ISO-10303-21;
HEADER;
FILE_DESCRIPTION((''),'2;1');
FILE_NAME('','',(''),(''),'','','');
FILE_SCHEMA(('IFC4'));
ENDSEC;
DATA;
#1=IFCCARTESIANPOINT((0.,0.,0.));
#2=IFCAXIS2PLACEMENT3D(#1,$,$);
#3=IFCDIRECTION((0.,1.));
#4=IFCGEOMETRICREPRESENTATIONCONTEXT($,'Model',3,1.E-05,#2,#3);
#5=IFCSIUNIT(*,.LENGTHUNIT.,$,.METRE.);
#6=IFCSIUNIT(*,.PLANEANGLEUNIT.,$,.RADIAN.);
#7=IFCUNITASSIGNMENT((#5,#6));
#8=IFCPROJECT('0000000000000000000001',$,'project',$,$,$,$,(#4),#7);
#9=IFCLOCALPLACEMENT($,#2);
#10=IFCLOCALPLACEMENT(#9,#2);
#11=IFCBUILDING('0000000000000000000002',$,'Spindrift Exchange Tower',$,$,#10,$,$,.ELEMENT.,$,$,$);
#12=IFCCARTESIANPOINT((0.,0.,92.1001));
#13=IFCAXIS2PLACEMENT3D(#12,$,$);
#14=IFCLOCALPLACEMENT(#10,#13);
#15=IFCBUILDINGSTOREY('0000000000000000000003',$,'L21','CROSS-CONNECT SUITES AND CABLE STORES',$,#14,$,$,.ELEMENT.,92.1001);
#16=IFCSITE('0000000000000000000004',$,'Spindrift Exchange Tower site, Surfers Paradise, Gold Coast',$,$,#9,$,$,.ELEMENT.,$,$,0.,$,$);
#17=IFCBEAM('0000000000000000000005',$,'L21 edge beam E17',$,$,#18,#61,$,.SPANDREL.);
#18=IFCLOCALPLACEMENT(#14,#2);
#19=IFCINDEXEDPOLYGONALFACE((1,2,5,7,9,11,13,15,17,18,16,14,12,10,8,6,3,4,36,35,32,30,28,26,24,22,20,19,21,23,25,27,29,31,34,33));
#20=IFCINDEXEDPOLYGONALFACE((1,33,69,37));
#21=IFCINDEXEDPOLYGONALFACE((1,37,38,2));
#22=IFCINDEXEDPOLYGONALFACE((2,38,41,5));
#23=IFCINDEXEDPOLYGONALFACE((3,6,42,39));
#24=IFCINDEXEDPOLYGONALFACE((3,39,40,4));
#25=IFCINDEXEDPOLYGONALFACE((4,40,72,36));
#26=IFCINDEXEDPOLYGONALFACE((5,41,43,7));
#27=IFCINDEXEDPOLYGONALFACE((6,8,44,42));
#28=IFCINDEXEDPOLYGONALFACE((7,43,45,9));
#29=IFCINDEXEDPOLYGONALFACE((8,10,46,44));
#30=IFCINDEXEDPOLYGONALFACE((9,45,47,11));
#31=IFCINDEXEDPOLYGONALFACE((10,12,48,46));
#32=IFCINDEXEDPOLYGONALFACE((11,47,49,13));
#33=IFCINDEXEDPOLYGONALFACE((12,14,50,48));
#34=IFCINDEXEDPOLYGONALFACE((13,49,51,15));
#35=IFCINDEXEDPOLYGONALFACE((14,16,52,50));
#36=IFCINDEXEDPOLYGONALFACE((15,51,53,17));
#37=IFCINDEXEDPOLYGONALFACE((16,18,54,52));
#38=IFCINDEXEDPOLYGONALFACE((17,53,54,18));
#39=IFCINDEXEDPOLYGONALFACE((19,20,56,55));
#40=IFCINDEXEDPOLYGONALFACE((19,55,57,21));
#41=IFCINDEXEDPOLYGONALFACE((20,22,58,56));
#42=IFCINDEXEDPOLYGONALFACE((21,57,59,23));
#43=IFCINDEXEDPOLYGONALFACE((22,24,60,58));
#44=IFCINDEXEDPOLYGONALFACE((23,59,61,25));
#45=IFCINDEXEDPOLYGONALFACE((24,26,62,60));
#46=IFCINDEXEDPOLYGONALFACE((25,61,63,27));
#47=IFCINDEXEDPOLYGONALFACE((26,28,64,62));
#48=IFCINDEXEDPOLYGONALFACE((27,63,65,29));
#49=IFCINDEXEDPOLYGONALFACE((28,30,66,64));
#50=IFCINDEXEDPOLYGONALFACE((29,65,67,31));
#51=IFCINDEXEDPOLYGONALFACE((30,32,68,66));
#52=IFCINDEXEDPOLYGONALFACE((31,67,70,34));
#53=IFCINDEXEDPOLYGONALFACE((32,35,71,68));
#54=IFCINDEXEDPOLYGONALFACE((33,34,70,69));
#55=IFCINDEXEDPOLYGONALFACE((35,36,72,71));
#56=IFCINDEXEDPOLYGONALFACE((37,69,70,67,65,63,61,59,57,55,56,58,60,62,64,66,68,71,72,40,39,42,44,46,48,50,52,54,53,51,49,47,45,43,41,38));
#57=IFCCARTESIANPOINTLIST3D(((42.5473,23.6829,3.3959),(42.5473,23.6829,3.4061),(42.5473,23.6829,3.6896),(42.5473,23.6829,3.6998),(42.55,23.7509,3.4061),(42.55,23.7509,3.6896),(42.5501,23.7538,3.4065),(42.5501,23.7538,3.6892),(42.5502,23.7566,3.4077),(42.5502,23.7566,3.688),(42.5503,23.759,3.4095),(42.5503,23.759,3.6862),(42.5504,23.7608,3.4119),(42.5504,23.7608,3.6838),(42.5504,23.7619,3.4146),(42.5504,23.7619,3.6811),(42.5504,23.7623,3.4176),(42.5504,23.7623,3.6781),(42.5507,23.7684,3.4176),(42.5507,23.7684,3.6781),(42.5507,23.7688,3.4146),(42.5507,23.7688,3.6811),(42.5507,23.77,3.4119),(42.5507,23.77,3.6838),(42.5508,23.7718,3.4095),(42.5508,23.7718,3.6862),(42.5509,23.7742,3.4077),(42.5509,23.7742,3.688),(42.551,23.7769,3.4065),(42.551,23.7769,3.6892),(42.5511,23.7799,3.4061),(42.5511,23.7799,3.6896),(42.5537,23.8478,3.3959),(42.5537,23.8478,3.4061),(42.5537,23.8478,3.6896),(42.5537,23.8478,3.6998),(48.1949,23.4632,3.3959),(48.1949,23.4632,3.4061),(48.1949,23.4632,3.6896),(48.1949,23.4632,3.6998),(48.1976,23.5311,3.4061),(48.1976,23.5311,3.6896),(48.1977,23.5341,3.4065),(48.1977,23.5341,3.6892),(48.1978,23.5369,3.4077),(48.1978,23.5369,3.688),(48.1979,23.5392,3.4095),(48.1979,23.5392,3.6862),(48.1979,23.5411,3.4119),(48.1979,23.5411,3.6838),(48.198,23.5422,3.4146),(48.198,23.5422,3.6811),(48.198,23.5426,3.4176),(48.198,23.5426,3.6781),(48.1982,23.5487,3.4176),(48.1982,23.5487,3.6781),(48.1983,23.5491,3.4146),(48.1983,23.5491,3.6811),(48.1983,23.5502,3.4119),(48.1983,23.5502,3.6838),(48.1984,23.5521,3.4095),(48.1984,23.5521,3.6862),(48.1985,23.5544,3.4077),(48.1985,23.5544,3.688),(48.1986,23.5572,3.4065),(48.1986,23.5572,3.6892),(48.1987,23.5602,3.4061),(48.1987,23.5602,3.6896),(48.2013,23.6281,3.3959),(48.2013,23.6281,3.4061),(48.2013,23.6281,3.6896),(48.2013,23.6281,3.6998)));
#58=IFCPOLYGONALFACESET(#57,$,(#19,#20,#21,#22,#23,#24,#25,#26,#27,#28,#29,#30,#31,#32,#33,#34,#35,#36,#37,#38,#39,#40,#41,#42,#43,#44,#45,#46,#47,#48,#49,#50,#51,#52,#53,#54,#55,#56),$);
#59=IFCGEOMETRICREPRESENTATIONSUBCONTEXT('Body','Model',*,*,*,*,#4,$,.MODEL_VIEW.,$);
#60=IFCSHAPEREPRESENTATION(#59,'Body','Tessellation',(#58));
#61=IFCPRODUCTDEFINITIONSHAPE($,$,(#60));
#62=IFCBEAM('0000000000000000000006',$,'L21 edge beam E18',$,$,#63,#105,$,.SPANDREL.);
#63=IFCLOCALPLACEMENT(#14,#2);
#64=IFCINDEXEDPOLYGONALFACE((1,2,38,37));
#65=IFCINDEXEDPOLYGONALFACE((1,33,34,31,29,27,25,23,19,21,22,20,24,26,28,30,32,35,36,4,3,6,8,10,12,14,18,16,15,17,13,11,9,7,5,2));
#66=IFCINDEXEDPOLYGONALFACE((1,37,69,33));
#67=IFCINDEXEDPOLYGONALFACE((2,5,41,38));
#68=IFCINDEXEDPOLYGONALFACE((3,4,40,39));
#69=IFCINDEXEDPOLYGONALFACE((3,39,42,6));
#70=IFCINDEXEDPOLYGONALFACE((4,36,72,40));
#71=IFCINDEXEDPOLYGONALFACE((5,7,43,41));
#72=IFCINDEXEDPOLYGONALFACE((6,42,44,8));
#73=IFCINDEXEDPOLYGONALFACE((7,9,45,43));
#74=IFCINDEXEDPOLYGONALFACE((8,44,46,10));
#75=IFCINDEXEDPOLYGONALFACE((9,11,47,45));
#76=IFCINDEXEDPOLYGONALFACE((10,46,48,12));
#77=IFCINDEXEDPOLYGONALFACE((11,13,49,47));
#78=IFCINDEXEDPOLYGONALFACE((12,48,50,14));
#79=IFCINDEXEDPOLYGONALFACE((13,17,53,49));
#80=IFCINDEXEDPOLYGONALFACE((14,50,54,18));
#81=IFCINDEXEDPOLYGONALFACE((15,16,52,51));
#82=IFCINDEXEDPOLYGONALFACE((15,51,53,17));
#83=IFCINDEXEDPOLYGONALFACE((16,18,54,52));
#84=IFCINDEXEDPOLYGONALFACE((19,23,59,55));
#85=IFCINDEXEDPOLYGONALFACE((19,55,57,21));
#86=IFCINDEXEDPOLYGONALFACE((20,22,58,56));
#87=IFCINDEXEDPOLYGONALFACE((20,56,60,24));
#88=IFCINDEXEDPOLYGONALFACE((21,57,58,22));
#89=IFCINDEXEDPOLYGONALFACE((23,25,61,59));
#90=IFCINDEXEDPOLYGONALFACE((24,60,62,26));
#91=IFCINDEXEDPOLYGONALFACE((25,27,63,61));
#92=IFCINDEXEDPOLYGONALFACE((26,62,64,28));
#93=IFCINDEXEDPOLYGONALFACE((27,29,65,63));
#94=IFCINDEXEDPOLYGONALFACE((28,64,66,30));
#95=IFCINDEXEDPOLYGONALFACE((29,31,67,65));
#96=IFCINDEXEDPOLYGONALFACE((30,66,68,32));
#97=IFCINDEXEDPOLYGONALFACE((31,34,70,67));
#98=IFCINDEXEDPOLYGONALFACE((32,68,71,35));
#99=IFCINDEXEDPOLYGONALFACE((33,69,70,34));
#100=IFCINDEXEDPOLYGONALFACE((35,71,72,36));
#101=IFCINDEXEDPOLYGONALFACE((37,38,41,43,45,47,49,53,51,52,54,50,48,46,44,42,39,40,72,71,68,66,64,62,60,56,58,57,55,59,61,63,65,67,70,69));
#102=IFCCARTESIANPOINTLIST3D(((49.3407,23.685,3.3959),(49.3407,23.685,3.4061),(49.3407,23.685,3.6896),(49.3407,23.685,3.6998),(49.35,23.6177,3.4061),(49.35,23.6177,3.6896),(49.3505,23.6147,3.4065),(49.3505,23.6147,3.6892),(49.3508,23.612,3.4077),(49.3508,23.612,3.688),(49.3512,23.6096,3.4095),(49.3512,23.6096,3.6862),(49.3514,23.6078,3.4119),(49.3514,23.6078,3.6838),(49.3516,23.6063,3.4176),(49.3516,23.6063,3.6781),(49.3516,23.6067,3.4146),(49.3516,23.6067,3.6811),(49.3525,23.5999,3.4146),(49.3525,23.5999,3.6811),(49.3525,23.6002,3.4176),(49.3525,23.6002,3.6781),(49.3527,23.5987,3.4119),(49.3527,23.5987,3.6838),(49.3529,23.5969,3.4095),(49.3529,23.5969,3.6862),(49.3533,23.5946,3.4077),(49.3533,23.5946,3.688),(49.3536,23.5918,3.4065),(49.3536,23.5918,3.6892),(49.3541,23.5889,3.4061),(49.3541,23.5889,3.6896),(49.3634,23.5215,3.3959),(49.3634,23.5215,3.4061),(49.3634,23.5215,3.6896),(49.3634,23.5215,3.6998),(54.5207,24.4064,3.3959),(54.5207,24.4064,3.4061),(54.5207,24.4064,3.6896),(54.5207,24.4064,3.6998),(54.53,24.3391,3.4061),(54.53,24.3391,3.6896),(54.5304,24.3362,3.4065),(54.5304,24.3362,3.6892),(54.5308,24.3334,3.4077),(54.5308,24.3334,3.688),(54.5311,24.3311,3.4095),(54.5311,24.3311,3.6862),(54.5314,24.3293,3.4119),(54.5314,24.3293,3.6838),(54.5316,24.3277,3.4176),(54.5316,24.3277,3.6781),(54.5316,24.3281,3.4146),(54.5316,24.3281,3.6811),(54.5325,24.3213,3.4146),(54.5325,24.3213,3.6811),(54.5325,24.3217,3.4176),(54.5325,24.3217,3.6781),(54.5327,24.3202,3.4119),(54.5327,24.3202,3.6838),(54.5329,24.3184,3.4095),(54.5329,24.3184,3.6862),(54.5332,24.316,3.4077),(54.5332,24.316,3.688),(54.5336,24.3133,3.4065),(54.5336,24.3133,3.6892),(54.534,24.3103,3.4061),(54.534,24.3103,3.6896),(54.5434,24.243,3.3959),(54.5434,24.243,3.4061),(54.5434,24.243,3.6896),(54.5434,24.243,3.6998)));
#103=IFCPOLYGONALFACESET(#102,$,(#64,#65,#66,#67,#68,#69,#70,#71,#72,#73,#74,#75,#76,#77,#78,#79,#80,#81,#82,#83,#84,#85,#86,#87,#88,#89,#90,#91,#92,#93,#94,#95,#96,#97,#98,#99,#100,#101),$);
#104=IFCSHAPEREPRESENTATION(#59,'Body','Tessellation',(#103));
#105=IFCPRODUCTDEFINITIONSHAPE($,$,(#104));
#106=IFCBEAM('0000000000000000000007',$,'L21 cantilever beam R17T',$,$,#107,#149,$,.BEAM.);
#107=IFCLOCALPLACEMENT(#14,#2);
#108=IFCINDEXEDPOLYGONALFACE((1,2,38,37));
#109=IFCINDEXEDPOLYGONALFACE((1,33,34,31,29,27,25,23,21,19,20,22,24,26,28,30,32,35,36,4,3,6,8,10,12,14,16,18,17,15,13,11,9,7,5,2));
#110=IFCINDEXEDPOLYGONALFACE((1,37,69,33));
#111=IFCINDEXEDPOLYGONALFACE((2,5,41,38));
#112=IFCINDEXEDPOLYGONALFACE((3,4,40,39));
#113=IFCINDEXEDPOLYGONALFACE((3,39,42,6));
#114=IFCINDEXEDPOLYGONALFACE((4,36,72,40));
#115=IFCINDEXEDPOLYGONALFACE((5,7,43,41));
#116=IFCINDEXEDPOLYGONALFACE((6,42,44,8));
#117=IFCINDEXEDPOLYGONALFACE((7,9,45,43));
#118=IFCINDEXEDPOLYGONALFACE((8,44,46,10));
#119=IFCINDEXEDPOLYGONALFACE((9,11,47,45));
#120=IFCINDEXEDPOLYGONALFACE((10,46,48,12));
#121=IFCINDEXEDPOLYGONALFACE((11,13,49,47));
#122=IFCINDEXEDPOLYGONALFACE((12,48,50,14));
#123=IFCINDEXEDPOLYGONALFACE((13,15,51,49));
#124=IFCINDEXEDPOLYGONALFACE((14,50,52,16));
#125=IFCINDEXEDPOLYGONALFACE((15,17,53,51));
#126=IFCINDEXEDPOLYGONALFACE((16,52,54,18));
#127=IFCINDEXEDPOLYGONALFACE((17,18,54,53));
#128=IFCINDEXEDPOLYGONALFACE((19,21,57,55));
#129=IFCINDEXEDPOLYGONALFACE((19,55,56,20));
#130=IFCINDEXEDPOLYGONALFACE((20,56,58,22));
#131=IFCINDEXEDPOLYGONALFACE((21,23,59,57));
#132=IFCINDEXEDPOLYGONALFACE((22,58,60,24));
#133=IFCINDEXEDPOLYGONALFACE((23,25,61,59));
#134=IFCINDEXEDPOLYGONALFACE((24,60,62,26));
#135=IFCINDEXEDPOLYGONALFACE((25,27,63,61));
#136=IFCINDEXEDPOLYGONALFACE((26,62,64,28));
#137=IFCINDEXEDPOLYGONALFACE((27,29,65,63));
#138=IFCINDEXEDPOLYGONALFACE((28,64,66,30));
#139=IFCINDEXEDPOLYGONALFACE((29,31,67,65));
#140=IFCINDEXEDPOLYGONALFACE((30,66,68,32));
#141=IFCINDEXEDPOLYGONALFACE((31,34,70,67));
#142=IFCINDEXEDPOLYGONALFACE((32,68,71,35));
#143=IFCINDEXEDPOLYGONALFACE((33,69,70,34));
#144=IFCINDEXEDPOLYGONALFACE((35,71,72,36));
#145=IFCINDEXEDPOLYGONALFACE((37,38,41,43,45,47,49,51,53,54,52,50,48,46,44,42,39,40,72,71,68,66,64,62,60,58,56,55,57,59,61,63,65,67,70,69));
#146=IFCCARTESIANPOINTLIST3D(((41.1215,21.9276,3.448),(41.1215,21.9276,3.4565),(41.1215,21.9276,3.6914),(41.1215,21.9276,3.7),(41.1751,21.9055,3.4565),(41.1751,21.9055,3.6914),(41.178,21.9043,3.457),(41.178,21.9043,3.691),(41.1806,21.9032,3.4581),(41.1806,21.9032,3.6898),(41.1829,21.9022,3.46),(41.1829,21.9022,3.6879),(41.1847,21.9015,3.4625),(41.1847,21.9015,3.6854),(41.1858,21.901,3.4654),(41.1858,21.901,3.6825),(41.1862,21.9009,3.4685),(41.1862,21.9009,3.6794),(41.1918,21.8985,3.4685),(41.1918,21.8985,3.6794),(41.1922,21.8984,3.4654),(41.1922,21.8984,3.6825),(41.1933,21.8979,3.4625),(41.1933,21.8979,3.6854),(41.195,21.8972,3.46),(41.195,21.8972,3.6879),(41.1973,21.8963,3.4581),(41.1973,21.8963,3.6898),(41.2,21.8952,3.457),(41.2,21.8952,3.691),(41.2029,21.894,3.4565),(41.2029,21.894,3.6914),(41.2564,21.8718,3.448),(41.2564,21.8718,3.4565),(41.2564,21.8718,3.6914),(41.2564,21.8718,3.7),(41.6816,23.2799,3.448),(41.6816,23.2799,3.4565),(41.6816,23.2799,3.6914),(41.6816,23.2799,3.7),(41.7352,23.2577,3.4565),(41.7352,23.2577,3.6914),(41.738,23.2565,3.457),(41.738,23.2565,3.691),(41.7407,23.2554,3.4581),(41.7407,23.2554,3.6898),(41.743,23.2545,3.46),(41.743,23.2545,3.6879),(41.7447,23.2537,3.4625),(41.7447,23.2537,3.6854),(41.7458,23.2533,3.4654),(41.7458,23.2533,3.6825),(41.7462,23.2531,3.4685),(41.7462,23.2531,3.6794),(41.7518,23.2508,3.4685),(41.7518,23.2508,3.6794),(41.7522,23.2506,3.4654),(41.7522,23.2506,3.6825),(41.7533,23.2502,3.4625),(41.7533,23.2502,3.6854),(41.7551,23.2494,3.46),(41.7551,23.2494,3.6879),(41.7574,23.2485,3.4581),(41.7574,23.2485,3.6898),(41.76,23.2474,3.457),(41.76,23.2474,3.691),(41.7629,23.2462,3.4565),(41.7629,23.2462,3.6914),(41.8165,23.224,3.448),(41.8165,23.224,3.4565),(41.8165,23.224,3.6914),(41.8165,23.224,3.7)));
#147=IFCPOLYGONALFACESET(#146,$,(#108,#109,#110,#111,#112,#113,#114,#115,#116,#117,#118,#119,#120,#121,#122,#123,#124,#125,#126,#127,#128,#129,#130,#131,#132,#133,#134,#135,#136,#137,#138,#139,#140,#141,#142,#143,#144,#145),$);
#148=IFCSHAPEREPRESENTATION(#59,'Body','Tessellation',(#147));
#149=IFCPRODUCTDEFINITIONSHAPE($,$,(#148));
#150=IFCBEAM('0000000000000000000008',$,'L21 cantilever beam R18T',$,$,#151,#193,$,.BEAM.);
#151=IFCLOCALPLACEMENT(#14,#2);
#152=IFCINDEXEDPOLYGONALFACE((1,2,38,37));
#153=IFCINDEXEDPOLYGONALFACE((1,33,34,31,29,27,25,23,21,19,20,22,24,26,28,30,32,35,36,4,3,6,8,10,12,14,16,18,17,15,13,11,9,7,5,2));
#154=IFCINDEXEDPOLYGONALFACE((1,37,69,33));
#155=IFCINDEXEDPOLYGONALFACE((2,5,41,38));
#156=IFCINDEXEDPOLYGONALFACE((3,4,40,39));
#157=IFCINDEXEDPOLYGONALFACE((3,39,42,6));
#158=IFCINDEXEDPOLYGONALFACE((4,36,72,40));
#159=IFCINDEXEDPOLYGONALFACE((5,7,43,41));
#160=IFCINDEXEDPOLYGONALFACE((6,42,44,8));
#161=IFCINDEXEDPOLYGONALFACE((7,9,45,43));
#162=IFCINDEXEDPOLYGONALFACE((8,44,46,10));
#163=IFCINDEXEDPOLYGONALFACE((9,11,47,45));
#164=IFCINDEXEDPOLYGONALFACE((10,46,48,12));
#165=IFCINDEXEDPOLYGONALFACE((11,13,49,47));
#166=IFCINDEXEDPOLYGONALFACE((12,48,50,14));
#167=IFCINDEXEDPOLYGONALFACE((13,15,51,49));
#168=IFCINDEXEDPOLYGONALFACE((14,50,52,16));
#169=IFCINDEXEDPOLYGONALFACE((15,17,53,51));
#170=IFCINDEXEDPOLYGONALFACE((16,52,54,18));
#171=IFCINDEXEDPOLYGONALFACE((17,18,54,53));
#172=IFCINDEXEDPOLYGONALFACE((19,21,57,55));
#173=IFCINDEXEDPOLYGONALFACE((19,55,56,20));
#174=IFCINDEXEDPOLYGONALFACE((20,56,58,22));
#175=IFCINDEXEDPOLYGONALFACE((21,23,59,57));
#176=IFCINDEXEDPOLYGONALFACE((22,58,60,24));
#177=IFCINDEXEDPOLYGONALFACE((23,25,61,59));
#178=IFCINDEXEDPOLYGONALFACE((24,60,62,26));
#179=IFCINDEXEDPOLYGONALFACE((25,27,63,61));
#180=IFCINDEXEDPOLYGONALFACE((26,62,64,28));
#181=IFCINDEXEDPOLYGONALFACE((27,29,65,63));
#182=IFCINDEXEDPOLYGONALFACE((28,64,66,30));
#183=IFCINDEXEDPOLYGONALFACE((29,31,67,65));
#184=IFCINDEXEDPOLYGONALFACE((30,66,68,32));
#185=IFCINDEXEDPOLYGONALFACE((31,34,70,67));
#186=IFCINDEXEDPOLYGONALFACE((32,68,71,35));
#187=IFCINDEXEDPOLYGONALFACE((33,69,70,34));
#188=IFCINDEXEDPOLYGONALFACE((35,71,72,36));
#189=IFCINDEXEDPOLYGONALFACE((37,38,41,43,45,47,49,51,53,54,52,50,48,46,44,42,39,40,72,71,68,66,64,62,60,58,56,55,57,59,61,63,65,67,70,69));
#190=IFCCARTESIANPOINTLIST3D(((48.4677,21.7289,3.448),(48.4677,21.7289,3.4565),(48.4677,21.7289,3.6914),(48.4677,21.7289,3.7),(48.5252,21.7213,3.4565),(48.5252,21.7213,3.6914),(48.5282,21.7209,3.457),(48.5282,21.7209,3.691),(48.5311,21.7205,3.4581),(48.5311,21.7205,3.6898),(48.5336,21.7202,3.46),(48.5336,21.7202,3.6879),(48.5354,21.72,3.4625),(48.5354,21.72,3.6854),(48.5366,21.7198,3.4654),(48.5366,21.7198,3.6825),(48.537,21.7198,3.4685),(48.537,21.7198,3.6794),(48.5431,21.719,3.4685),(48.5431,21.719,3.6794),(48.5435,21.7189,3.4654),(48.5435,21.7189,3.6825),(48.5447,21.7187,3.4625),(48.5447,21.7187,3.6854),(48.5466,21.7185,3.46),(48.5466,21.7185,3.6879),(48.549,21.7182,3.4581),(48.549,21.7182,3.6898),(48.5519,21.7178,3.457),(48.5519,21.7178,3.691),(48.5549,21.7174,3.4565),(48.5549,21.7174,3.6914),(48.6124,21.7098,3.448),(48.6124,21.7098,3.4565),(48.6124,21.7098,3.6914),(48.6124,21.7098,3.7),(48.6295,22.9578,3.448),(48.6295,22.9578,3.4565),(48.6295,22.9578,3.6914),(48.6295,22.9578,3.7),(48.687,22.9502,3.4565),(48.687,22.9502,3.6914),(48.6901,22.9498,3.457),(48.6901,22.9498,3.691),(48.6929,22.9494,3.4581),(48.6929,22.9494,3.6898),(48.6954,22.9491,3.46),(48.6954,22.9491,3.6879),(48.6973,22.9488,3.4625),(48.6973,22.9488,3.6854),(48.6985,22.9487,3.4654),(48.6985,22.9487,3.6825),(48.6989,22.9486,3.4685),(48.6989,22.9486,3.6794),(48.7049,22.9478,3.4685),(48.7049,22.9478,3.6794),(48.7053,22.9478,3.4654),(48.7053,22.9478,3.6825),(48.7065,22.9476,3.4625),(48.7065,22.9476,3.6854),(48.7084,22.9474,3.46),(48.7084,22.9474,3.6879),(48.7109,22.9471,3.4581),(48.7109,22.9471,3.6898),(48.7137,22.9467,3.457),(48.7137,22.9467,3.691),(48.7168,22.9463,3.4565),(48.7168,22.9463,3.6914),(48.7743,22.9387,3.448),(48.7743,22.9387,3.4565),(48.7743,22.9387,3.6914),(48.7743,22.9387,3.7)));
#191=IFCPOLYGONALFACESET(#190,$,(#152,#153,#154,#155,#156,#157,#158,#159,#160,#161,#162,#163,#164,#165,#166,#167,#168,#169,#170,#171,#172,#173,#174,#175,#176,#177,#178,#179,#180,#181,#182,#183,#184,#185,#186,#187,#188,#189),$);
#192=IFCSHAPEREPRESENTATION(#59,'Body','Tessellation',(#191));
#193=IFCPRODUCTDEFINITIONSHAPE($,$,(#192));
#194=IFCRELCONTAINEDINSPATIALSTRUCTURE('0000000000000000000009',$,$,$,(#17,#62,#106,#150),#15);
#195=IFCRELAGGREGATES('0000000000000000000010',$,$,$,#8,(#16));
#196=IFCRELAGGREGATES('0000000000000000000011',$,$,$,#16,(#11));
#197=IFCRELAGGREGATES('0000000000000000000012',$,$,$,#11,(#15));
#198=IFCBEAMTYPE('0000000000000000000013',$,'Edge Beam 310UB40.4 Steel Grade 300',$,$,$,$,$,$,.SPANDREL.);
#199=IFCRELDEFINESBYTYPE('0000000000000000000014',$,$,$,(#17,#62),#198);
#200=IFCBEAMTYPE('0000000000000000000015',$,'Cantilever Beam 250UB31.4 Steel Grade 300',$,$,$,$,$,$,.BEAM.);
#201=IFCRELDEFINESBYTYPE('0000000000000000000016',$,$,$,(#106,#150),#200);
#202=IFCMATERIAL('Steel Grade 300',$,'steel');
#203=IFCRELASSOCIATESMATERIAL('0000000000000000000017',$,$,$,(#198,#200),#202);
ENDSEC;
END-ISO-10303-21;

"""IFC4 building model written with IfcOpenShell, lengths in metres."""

from ifc_helpers import new_model, si_unit, direction, frame, origin, origin_2d, place, context, subcontext, project, spatial, i_section, extrude, source, transform, mapped, material, material_profile, profile_set, type_object, element, save


model = new_model("IFC4")

# Units and contexts
model_context = context("Model", 3, precision=1e-05, world=origin(), true_north=direction((0.0, 1.0)))
body_context = subcontext(model_context, "Body", "Model", "MODEL_VIEW")
ifc_project = project(units=[si_unit("LENGTHUNIT", "METRE"), si_unit("PLANEANGLEUNIT", "RADIAN")], contexts=[model_context])

# Site, building, storey
site_placement = place(None, origin())
site = spatial("IfcSite", under=ifc_project, at=site_placement, Name="Spindrift Exchange Tower site, Surfers Paradise, Gold Coast", CompositionType="ELEMENT", RefElevation=0.0)
building_placement = place(site_placement, origin())
building = spatial("IfcBuilding", under=site, at=building_placement, Name="Spindrift Exchange Tower", CompositionType="ELEMENT")
storey_placement = place(building_placement, frame((0.0, 0.0, 92.1001)))
storey = spatial("IfcBuildingStorey", under=building, at=storey_placement, Name="L21", Description="CROSS-CONNECT SUITES AND CABLE STORES", CompositionType="ELEMENT", Elevation=92.1001)

# Beams
ifc_material_1 = material(Name="Steel Grade 300", Category="steel")
ifc_material_profile_1 = material_profile(ifc_material_1, i_section(OverallWidth=0.165, OverallDepth=0.304, WebThickness=0.0061, FlangeThickness=0.0103, FilletRadius=0.0115, at=origin_2d()), Name="310UB40.4")
ifc_profile_set_1 = profile_set([ifc_material_profile_1], Name="Steel Grade 300")
beam_type_1 = type_object("IfcBeamType", Name="Edge Beam 310UB40.4 Steel Grade 300", PredefinedType="SPANDREL", material=ifc_profile_set_1)
shared_shape_1 = source(origin(), body_context, "Body", "SweptSolid", [
    extrude(i_section(OverallWidth=0.165, OverallDepth=0.304, WebThickness=0.0061, FlangeThickness=0.0103, FilletRadius=0.0115, at=origin_2d()), origin(), (0.0, 0.0, 1.0), 5.6519),
])
beam_1_placement = place(storey_placement, frame((42.5505, 23.7654, 3.5479), z_axis=(0.999244, -0.038878, 0.0), x_axis=(0.038878, 0.999244, 0.0)))
element("IfcBeam", 1, at=beam_1_placement, inside=storey, type_object=beam_type_1, Name="L21 edge beam E17", PredefinedType="SPANDREL", context=body_context, shape_type="MappedRepresentation", body=[
    mapped(shared_shape_1, transform((0.0, 0.0, 0.0), scale=1.0)),
])
shared_shape_2 = source(origin(), body_context, "Body", "SweptSolid", [
    extrude(i_section(OverallWidth=0.165, OverallDepth=0.304, WebThickness=0.0061, FlangeThickness=0.0103, FilletRadius=0.0115, at=origin_2d()), origin(), (0.0, 0.0, 1.0), 5.23),
])
beam_2_placement = place(storey_placement, frame((49.3521, 23.6033, 3.5479), z_axis=(0.99044, 0.137944, 0.0), x_axis=(-0.137944, 0.99044, 0.0)))
element("IfcBeam", 2, at=beam_2_placement, inside=storey, type_object=beam_type_1, Name="L21 edge beam E18", PredefinedType="SPANDREL", context=body_context, shape_type="MappedRepresentation", body=[
    mapped(shared_shape_2, transform((0.0, 0.0, 0.0), scale=1.0)),
])
ifc_material_profile_2 = material_profile(ifc_material_1, i_section(OverallWidth=0.146, OverallDepth=0.252, WebThickness=0.0061, FlangeThickness=0.0085, FilletRadius=0.012, at=origin_2d()), Name="250UB31.4")
ifc_profile_set_2 = profile_set([ifc_material_profile_2], Name="Steel Grade 300")
beam_type_2 = type_object("IfcBeamType", Name="Cantilever Beam 250UB31.4 Steel Grade 300", PredefinedType="BEAM", material=ifc_profile_set_2)
shared_shape_3 = source(origin(), body_context, "Body", "SweptSolid", [
    extrude(i_section(OverallWidth=0.146, OverallDepth=0.252, WebThickness=0.0061, FlangeThickness=0.0085, FilletRadius=0.012, at=origin_2d()), origin(), (0.0, 0.0, 1.0), 1.4636),
])
beam_3_placement = place(storey_placement, frame((41.749, 23.252, 3.574), z_axis=(-0.382637, -0.923899, 0.0), x_axis=(0.923899, -0.382637, 0.0)))
element("IfcBeam", 3, at=beam_3_placement, inside=storey, type_object=beam_type_2, Name="L21 cantilever beam R17T", PredefinedType="BEAM", context=body_context, shape_type="MappedRepresentation", body=[
    mapped(shared_shape_3, transform((0.0, 0.0, 0.0), scale=1.0)),
])
shared_shape_4 = source(origin(), body_context, "Body", "SweptSolid", [
    extrude(i_section(OverallWidth=0.146, OverallDepth=0.252, WebThickness=0.0061, FlangeThickness=0.0085, FilletRadius=0.012, at=origin_2d()), origin(), (0.0, 0.0, 1.0), 1.2395),
])
beam_4_placement = place(storey_placement, frame((48.7019, 22.9482, 3.574), z_axis=(-0.130577, -0.991438, 0.0), x_axis=(0.991438, -0.130577, 0.0)))
element("IfcBeam", 4, at=beam_4_placement, inside=storey, type_object=beam_type_2, Name="L21 cantilever beam R18T", PredefinedType="BEAM", context=body_context, shape_type="MappedRepresentation", body=[
    mapped(shared_shape_4, transform((0.0, 0.0, 0.0), scale=1.0)),
])

save(model, "model.ifc")
